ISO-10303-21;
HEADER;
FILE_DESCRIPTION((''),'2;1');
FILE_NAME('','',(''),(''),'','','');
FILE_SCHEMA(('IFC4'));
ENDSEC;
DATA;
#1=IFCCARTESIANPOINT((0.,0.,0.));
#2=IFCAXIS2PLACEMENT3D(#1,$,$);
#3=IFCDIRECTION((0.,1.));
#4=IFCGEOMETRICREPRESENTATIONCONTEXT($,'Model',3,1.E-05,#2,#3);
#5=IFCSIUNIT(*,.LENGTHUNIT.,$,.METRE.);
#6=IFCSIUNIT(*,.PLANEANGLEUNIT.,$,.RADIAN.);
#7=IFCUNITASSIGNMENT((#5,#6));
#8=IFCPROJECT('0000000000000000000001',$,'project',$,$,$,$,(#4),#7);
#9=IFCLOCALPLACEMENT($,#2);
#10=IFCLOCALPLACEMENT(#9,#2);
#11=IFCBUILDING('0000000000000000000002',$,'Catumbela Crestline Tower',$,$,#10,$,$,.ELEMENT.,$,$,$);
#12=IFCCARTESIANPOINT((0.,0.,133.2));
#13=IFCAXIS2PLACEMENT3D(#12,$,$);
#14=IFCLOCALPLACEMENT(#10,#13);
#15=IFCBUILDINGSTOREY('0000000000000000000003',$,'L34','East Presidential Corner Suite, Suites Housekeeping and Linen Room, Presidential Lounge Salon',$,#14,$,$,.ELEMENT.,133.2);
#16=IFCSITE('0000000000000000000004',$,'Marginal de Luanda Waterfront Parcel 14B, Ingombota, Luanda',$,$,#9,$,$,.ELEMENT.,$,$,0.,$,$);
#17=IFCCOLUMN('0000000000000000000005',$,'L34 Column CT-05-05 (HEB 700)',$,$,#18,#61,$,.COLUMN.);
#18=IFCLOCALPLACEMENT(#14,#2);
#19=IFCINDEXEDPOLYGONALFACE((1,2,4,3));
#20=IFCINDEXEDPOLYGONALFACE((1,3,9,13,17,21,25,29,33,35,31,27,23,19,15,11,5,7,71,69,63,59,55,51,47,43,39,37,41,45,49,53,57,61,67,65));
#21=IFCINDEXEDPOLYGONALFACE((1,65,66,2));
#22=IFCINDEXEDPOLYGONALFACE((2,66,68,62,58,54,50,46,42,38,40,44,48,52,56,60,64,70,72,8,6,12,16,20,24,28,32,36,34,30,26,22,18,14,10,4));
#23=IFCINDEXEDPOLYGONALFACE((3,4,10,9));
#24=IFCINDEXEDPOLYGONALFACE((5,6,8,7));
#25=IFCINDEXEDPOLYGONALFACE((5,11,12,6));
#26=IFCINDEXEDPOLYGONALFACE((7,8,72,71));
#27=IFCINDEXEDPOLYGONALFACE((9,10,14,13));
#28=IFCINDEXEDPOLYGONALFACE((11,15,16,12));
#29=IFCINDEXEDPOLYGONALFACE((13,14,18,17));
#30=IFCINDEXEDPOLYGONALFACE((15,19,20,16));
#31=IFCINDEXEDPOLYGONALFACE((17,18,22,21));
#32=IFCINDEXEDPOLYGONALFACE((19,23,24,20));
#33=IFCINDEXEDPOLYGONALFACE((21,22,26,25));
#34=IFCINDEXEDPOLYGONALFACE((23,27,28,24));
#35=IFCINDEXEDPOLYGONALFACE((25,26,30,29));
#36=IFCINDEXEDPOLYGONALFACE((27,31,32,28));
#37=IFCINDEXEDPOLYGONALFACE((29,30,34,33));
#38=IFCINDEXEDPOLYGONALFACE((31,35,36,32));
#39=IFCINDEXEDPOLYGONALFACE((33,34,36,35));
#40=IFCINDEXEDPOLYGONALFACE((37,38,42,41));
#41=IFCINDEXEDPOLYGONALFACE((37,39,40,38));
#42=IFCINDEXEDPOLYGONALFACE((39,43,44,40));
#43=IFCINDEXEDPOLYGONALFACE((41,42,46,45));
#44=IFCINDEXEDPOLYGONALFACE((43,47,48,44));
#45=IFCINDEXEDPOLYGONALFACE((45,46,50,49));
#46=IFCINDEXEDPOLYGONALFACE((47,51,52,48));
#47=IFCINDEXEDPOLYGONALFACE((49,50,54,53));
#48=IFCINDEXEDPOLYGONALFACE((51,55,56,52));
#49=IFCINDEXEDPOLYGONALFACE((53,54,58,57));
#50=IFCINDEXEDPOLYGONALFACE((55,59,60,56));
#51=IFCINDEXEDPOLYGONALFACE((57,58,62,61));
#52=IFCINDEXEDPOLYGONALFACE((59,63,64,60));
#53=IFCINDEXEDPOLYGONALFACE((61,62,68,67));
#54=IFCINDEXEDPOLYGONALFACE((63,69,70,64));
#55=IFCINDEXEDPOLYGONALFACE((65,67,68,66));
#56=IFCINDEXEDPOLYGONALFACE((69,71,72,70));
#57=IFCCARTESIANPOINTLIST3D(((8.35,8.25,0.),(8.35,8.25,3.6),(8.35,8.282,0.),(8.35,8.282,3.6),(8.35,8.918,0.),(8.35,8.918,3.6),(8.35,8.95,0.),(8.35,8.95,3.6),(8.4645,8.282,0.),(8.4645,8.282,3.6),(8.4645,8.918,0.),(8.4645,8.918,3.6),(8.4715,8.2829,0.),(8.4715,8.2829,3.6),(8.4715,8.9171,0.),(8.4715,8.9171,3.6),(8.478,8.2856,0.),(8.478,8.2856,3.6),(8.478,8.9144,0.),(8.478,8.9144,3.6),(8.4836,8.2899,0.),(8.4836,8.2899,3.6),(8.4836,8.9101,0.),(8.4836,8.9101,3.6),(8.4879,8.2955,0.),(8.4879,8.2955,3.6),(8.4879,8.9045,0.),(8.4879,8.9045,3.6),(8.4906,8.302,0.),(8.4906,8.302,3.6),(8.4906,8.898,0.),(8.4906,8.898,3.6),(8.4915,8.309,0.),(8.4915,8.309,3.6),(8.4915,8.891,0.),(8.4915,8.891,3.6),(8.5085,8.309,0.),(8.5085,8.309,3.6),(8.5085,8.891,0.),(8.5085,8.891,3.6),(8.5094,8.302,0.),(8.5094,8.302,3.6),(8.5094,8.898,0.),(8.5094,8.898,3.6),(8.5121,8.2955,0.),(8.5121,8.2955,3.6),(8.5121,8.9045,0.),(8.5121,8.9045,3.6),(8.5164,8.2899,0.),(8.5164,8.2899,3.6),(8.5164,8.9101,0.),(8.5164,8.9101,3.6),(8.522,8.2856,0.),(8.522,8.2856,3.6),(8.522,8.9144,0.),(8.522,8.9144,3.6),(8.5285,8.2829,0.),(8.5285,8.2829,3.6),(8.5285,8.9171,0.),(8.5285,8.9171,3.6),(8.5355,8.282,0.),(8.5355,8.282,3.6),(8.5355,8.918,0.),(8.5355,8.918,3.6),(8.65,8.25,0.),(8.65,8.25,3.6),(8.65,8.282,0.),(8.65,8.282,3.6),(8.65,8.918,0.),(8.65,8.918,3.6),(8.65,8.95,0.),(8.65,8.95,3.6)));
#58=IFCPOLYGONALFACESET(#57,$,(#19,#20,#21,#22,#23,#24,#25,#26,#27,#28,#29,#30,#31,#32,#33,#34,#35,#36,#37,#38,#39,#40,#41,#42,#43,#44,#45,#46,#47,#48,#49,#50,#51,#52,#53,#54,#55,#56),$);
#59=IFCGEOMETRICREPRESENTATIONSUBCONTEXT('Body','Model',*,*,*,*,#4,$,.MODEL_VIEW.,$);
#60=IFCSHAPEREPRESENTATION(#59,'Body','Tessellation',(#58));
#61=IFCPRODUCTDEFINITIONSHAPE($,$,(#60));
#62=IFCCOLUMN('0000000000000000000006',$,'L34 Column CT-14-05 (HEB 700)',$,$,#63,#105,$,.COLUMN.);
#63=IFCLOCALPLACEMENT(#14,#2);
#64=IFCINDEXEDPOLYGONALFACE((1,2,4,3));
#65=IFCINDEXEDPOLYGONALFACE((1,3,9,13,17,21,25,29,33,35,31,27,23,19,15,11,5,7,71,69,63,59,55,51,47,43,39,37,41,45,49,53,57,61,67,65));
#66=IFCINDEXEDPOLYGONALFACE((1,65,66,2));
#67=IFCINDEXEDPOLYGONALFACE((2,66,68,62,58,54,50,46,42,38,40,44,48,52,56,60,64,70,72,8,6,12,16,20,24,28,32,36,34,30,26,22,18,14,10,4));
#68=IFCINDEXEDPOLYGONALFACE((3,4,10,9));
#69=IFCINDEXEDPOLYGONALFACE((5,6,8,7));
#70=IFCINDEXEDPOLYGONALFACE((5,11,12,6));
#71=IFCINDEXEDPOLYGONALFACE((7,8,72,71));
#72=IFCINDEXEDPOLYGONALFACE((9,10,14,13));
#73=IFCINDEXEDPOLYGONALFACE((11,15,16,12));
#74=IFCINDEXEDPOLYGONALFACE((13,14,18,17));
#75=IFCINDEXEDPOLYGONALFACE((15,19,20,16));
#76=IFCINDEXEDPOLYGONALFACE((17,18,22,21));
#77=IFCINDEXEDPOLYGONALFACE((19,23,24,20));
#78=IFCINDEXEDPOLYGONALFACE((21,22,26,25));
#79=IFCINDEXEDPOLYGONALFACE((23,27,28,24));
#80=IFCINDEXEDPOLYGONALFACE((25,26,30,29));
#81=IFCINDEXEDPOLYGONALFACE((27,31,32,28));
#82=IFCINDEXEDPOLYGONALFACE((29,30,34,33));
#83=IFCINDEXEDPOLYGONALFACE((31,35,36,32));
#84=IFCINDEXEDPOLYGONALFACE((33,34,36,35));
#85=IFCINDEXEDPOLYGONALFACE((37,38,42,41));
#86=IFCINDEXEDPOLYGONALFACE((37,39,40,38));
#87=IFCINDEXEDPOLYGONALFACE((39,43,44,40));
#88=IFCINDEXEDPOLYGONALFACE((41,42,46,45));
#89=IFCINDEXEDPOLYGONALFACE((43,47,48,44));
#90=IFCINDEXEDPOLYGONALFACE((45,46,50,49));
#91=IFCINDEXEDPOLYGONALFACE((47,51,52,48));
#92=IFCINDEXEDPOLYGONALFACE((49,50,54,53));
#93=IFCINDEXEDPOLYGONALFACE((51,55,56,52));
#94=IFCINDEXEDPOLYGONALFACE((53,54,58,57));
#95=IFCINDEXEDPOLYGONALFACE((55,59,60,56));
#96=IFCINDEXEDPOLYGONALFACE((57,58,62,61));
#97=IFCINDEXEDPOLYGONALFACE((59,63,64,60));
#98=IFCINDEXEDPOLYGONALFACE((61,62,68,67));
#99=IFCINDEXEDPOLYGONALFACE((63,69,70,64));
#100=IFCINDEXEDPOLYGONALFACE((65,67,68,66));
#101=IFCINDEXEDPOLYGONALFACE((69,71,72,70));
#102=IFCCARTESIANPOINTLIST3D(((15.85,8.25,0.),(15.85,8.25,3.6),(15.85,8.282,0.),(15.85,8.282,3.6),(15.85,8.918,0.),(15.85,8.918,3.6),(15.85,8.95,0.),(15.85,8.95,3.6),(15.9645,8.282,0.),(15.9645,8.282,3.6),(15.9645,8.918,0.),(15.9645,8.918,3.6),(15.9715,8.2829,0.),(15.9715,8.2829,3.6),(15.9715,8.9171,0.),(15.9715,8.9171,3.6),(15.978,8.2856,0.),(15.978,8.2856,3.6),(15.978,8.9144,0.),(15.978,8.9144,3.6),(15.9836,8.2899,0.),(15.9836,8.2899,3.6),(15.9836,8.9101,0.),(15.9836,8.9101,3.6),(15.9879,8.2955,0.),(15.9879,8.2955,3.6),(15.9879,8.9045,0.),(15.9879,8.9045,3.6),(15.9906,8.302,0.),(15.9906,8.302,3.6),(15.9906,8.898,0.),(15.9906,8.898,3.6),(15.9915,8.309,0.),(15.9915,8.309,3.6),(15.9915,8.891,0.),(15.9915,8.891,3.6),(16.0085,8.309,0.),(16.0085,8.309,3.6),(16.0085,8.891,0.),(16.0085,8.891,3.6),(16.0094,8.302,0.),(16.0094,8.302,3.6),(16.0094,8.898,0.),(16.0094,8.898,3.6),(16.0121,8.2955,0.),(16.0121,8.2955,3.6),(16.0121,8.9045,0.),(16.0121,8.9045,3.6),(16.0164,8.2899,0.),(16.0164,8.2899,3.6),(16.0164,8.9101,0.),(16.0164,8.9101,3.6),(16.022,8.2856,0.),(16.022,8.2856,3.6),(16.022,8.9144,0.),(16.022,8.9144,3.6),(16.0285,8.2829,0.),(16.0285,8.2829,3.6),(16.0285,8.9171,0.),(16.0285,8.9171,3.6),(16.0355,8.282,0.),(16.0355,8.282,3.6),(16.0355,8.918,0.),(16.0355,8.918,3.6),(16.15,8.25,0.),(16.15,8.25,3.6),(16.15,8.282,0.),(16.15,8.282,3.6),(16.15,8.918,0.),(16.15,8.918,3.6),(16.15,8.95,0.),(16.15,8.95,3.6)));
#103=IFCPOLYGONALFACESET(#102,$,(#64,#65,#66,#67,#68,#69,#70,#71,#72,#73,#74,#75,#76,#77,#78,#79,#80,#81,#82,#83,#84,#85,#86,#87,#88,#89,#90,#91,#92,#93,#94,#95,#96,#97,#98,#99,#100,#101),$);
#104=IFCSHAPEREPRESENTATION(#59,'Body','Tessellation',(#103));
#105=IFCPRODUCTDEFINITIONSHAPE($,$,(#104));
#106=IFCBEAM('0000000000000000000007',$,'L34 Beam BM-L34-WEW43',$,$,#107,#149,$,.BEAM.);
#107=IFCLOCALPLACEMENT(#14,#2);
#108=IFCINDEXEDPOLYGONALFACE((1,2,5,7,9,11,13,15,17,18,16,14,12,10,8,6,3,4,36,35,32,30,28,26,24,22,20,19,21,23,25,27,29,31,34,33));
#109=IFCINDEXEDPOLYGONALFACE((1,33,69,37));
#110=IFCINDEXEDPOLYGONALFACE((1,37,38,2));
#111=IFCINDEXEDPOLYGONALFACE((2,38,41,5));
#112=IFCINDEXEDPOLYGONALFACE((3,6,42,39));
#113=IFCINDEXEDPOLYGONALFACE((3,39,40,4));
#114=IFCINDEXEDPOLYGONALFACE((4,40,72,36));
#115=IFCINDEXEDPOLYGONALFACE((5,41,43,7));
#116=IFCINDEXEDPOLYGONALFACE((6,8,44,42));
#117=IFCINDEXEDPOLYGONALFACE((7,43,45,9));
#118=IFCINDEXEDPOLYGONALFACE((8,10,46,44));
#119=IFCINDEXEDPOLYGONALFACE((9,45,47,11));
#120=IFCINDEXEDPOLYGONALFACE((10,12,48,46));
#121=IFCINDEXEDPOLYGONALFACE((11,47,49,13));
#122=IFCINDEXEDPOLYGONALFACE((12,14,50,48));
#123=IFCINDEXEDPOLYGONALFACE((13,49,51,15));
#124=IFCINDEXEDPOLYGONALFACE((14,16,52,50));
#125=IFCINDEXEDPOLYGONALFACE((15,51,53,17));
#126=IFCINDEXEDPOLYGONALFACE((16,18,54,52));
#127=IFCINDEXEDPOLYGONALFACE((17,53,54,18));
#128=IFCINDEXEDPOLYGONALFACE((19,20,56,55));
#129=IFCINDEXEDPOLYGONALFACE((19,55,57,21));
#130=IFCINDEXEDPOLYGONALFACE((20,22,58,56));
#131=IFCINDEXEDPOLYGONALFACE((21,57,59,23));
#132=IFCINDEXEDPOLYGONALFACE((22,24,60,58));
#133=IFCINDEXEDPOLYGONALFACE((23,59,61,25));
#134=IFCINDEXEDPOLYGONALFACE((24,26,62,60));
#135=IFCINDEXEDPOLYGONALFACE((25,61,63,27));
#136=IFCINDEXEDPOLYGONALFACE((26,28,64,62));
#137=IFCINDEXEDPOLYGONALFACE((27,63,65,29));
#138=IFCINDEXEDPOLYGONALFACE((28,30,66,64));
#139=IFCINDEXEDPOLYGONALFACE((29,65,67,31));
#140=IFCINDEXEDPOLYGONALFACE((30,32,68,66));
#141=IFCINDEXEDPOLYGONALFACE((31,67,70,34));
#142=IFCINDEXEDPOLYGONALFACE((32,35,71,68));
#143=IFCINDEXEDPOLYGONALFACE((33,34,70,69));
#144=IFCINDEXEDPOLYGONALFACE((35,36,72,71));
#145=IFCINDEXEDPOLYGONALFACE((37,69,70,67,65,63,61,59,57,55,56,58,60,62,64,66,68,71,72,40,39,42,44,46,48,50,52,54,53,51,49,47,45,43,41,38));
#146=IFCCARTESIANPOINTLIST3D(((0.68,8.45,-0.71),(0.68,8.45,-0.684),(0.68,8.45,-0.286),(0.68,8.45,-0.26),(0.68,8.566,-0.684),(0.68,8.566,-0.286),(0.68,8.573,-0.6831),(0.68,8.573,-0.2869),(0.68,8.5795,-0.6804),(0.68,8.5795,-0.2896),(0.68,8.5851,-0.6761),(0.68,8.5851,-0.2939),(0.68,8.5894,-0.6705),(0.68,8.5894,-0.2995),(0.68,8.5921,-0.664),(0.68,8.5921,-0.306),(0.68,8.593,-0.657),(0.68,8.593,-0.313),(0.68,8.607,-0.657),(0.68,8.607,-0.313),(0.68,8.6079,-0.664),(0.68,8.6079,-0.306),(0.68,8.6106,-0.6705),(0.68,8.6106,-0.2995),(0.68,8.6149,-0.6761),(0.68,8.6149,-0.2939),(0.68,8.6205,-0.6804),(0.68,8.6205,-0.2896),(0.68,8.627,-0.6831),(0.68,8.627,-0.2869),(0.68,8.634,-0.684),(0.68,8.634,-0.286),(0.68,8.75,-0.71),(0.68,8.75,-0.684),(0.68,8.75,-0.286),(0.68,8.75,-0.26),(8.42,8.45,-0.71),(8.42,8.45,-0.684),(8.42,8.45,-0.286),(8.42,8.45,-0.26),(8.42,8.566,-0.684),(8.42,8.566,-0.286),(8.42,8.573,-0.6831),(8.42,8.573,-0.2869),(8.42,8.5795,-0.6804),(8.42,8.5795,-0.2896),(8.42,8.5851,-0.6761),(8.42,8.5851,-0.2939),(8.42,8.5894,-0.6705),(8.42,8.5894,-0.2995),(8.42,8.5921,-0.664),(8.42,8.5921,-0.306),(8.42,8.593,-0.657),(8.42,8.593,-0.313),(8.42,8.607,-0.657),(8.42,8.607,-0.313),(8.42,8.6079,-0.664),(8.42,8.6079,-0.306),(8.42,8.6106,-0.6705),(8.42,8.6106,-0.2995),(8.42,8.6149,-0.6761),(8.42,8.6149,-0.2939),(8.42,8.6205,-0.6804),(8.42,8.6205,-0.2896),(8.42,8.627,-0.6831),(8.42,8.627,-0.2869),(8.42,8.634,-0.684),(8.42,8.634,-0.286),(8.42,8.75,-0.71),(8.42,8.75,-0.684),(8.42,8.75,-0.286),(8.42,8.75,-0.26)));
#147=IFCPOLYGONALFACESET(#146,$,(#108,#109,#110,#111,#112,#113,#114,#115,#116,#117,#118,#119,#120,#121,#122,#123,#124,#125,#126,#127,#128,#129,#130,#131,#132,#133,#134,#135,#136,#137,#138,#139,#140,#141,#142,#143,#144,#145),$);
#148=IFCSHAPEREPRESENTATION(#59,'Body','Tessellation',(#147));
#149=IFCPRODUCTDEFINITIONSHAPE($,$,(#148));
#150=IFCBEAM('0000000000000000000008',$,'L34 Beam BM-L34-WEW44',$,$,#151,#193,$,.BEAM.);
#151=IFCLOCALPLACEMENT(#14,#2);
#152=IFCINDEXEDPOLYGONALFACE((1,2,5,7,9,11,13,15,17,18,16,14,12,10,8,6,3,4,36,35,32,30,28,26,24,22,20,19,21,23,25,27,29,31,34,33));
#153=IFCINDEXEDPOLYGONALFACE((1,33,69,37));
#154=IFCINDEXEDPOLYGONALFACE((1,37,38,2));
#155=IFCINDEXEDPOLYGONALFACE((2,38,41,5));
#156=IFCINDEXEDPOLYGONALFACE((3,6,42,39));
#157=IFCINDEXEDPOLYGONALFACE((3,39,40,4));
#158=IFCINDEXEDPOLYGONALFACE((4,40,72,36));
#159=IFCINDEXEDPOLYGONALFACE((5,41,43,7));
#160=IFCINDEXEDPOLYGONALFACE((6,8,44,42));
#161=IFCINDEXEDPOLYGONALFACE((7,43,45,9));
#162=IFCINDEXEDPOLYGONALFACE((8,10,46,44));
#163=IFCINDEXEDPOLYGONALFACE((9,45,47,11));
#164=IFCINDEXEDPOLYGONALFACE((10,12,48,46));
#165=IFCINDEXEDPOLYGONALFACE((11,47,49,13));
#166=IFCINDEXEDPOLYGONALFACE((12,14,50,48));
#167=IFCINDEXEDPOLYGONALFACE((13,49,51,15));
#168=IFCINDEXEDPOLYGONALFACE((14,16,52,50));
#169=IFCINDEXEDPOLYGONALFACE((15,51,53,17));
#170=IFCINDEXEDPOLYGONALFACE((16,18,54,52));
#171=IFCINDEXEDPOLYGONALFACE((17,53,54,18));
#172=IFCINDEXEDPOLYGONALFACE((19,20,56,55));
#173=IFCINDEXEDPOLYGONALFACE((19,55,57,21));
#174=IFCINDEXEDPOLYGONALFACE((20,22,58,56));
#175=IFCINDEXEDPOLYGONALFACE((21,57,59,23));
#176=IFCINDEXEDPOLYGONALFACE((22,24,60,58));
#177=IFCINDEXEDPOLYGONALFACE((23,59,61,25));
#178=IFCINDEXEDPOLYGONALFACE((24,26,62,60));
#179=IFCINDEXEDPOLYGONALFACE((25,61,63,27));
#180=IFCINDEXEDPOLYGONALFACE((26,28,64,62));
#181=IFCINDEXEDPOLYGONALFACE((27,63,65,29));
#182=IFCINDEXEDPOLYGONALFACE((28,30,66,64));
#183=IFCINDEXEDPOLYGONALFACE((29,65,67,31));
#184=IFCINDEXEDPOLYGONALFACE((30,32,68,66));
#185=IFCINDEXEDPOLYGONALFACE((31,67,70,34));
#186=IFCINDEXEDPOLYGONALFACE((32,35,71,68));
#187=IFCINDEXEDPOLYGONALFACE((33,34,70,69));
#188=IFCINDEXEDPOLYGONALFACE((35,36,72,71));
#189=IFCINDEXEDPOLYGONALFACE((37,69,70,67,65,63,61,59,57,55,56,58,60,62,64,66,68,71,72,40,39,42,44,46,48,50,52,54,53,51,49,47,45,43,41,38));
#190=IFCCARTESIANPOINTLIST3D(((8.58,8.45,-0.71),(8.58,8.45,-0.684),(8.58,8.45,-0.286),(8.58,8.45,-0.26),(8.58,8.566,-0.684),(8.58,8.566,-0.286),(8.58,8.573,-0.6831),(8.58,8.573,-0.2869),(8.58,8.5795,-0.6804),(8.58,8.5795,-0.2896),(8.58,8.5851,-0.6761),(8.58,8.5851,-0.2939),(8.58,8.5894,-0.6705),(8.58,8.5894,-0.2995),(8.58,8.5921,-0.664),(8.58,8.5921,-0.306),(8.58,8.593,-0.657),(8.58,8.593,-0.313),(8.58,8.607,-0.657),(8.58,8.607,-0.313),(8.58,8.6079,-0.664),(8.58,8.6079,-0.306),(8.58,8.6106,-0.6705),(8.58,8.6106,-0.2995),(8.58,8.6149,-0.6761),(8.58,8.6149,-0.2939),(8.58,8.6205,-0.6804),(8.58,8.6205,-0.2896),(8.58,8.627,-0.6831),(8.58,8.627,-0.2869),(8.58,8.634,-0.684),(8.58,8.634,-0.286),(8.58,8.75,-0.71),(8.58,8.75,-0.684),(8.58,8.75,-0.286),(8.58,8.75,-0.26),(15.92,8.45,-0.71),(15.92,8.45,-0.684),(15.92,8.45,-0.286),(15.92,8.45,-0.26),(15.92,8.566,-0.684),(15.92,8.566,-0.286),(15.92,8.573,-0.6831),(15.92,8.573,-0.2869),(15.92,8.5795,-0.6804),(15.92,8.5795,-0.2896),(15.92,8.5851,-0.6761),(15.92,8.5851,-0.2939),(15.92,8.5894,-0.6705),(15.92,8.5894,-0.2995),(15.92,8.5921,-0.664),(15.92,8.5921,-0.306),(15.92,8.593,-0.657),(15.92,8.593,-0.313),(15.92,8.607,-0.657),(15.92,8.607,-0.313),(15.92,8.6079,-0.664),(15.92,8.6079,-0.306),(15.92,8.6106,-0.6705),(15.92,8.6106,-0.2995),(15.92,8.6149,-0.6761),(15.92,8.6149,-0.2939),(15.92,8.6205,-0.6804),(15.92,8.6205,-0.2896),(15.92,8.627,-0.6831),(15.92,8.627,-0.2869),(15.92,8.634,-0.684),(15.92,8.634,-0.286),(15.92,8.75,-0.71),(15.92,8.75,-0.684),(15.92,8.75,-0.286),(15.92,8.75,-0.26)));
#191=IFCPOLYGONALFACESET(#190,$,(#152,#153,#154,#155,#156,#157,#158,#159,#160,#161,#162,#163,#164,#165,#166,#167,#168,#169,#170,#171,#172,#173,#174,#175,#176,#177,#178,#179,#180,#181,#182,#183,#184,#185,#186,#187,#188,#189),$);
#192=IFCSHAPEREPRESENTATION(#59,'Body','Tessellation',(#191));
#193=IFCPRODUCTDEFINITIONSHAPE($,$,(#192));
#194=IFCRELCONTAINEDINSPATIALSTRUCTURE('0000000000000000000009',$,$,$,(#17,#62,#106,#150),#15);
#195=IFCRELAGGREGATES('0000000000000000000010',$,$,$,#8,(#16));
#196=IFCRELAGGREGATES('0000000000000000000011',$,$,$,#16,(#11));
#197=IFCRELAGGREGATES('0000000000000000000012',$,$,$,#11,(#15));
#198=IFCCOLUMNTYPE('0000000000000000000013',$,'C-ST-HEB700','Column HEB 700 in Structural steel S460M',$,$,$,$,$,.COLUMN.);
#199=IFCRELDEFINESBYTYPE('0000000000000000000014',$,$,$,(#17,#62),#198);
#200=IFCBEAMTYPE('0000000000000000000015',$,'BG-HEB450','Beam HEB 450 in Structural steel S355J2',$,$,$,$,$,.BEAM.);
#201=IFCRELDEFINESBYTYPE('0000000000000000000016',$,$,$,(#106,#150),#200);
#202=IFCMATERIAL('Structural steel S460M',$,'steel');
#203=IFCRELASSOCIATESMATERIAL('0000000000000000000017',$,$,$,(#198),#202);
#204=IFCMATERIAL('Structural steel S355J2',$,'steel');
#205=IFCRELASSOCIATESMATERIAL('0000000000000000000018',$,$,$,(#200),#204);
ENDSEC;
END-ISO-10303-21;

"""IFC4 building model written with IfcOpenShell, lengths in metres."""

from ifc_helpers import new_model, si_unit, direction, frame, origin, origin_2d, place, context, subcontext, project, spatial, i_section, extrude, material, material_profile, profile_set, type_object, element, save


model = new_model("IFC4")

# Units and contexts
model_context = context("Model", 3, precision=1e-05, world=origin(), true_north=direction((0.0, 1.0)))
body_context = subcontext(model_context, "Body", "Model", "MODEL_VIEW")
ifc_project = project(units=[si_unit("LENGTHUNIT", "METRE"), si_unit("PLANEANGLEUNIT", "RADIAN")], contexts=[model_context])

# Site, building, storey
site_placement = place(None, origin())
site = spatial("IfcSite", under=ifc_project, at=site_placement, Name="Marginal de Luanda Waterfront Parcel 14B, Ingombota, Luanda", CompositionType="ELEMENT", RefElevation=0.0)
building_placement = place(site_placement, origin())
building = spatial("IfcBuilding", under=site, at=building_placement, Name="Catumbela Crestline Tower", CompositionType="ELEMENT")
storey_placement = place(building_placement, frame((0.0, 0.0, 133.2)))
storey = spatial("IfcBuildingStorey", under=building, at=storey_placement, Name="L34", Description="East Presidential Corner Suite, Suites Housekeeping and Linen Room, Presidential Lounge Salon", CompositionType="ELEMENT", Elevation=133.2)

# Columns
ifc_material_1 = material(Name="Structural steel S460M", Category="steel")
ifc_material_profile_1 = material_profile(ifc_material_1, i_section(OverallWidth=0.3, OverallDepth=0.7, WebThickness=0.017, FlangeThickness=0.032, FilletRadius=0.027, at=origin_2d()), Name="HEB 700")
ifc_profile_set_1 = profile_set([ifc_material_profile_1], Name="Structural steel S460M")
column_type = type_object("IfcColumnType", Name="C-ST-HEB700", Description="Column HEB 700 in Structural steel S460M", PredefinedType="COLUMN", material=ifc_profile_set_1)
for number, where, z_axis, x_axis, name in (
    (1, (8.5, 8.6, 0.0), (0.0, 0.0, 1.0), (1.0, 0.0, 0.0), "L34 Column CT-05-05 (HEB 700)"),
    (2, (16.0, 8.6, 0.0), (0.0, 0.0, 1.0), (1.0, 0.0, 0.0), "L34 Column CT-14-05 (HEB 700)"),
):
    element("IfcColumn", number, at=place(storey_placement, frame(where, z_axis=z_axis, x_axis=x_axis)), inside=storey, type_object=column_type, Name=name, PredefinedType="COLUMN", context=body_context, shape_type="SweptSolid", body=[
        extrude(i_section(OverallWidth=0.3, OverallDepth=0.7, WebThickness=0.017, FlangeThickness=0.032, FilletRadius=0.027, at=origin_2d()), origin(), (0.0, 0.0, 1.0), 3.6),
    ])

# Beams
ifc_material_2 = material(Name="Structural steel S355J2", Category="steel")
ifc_material_profile_2 = material_profile(ifc_material_2, i_section(OverallWidth=0.3, OverallDepth=0.45, WebThickness=0.014, FlangeThickness=0.026, FilletRadius=0.027, at=origin_2d()), Name="HEB 450")
ifc_profile_set_2 = profile_set([ifc_material_profile_2], Name="Structural steel S355J2")
beam_type = type_object("IfcBeamType", Name="BG-HEB450", Description="Beam HEB 450 in Structural steel S355J2", PredefinedType="BEAM", material=ifc_profile_set_2)
beam_1_placement = place(storey_placement, frame((0.68, 8.6, -0.485), z_axis=(1.0, 0.0, 0.0), x_axis=(0.0, 1.0, 0.0)))
element("IfcBeam", 3, at=beam_1_placement, inside=storey, type_object=beam_type, Name="L34 Beam BM-L34-WEW43", PredefinedType="BEAM", context=body_context, shape_type="SweptSolid", body=[
    extrude(i_section(OverallWidth=0.3, OverallDepth=0.45, WebThickness=0.014, FlangeThickness=0.026, FilletRadius=0.027, at=origin_2d()), origin(), (0.0, 0.0, 1.0), 7.74),
])
beam_2_placement = place(storey_placement, frame((8.58, 8.6, -0.485), z_axis=(1.0, 0.0, 0.0), x_axis=(0.0, 1.0, 0.0)))
element("IfcBeam", 4, at=beam_2_placement, inside=storey, type_object=beam_type, Name="L34 Beam BM-L34-WEW44", PredefinedType="BEAM", context=body_context, shape_type="SweptSolid", body=[
    extrude(i_section(OverallWidth=0.3, OverallDepth=0.45, WebThickness=0.014, FlangeThickness=0.026, FilletRadius=0.027, at=origin_2d()), origin(), (0.0, 0.0, 1.0), 7.34),
])

save(model, "model.ifc")
